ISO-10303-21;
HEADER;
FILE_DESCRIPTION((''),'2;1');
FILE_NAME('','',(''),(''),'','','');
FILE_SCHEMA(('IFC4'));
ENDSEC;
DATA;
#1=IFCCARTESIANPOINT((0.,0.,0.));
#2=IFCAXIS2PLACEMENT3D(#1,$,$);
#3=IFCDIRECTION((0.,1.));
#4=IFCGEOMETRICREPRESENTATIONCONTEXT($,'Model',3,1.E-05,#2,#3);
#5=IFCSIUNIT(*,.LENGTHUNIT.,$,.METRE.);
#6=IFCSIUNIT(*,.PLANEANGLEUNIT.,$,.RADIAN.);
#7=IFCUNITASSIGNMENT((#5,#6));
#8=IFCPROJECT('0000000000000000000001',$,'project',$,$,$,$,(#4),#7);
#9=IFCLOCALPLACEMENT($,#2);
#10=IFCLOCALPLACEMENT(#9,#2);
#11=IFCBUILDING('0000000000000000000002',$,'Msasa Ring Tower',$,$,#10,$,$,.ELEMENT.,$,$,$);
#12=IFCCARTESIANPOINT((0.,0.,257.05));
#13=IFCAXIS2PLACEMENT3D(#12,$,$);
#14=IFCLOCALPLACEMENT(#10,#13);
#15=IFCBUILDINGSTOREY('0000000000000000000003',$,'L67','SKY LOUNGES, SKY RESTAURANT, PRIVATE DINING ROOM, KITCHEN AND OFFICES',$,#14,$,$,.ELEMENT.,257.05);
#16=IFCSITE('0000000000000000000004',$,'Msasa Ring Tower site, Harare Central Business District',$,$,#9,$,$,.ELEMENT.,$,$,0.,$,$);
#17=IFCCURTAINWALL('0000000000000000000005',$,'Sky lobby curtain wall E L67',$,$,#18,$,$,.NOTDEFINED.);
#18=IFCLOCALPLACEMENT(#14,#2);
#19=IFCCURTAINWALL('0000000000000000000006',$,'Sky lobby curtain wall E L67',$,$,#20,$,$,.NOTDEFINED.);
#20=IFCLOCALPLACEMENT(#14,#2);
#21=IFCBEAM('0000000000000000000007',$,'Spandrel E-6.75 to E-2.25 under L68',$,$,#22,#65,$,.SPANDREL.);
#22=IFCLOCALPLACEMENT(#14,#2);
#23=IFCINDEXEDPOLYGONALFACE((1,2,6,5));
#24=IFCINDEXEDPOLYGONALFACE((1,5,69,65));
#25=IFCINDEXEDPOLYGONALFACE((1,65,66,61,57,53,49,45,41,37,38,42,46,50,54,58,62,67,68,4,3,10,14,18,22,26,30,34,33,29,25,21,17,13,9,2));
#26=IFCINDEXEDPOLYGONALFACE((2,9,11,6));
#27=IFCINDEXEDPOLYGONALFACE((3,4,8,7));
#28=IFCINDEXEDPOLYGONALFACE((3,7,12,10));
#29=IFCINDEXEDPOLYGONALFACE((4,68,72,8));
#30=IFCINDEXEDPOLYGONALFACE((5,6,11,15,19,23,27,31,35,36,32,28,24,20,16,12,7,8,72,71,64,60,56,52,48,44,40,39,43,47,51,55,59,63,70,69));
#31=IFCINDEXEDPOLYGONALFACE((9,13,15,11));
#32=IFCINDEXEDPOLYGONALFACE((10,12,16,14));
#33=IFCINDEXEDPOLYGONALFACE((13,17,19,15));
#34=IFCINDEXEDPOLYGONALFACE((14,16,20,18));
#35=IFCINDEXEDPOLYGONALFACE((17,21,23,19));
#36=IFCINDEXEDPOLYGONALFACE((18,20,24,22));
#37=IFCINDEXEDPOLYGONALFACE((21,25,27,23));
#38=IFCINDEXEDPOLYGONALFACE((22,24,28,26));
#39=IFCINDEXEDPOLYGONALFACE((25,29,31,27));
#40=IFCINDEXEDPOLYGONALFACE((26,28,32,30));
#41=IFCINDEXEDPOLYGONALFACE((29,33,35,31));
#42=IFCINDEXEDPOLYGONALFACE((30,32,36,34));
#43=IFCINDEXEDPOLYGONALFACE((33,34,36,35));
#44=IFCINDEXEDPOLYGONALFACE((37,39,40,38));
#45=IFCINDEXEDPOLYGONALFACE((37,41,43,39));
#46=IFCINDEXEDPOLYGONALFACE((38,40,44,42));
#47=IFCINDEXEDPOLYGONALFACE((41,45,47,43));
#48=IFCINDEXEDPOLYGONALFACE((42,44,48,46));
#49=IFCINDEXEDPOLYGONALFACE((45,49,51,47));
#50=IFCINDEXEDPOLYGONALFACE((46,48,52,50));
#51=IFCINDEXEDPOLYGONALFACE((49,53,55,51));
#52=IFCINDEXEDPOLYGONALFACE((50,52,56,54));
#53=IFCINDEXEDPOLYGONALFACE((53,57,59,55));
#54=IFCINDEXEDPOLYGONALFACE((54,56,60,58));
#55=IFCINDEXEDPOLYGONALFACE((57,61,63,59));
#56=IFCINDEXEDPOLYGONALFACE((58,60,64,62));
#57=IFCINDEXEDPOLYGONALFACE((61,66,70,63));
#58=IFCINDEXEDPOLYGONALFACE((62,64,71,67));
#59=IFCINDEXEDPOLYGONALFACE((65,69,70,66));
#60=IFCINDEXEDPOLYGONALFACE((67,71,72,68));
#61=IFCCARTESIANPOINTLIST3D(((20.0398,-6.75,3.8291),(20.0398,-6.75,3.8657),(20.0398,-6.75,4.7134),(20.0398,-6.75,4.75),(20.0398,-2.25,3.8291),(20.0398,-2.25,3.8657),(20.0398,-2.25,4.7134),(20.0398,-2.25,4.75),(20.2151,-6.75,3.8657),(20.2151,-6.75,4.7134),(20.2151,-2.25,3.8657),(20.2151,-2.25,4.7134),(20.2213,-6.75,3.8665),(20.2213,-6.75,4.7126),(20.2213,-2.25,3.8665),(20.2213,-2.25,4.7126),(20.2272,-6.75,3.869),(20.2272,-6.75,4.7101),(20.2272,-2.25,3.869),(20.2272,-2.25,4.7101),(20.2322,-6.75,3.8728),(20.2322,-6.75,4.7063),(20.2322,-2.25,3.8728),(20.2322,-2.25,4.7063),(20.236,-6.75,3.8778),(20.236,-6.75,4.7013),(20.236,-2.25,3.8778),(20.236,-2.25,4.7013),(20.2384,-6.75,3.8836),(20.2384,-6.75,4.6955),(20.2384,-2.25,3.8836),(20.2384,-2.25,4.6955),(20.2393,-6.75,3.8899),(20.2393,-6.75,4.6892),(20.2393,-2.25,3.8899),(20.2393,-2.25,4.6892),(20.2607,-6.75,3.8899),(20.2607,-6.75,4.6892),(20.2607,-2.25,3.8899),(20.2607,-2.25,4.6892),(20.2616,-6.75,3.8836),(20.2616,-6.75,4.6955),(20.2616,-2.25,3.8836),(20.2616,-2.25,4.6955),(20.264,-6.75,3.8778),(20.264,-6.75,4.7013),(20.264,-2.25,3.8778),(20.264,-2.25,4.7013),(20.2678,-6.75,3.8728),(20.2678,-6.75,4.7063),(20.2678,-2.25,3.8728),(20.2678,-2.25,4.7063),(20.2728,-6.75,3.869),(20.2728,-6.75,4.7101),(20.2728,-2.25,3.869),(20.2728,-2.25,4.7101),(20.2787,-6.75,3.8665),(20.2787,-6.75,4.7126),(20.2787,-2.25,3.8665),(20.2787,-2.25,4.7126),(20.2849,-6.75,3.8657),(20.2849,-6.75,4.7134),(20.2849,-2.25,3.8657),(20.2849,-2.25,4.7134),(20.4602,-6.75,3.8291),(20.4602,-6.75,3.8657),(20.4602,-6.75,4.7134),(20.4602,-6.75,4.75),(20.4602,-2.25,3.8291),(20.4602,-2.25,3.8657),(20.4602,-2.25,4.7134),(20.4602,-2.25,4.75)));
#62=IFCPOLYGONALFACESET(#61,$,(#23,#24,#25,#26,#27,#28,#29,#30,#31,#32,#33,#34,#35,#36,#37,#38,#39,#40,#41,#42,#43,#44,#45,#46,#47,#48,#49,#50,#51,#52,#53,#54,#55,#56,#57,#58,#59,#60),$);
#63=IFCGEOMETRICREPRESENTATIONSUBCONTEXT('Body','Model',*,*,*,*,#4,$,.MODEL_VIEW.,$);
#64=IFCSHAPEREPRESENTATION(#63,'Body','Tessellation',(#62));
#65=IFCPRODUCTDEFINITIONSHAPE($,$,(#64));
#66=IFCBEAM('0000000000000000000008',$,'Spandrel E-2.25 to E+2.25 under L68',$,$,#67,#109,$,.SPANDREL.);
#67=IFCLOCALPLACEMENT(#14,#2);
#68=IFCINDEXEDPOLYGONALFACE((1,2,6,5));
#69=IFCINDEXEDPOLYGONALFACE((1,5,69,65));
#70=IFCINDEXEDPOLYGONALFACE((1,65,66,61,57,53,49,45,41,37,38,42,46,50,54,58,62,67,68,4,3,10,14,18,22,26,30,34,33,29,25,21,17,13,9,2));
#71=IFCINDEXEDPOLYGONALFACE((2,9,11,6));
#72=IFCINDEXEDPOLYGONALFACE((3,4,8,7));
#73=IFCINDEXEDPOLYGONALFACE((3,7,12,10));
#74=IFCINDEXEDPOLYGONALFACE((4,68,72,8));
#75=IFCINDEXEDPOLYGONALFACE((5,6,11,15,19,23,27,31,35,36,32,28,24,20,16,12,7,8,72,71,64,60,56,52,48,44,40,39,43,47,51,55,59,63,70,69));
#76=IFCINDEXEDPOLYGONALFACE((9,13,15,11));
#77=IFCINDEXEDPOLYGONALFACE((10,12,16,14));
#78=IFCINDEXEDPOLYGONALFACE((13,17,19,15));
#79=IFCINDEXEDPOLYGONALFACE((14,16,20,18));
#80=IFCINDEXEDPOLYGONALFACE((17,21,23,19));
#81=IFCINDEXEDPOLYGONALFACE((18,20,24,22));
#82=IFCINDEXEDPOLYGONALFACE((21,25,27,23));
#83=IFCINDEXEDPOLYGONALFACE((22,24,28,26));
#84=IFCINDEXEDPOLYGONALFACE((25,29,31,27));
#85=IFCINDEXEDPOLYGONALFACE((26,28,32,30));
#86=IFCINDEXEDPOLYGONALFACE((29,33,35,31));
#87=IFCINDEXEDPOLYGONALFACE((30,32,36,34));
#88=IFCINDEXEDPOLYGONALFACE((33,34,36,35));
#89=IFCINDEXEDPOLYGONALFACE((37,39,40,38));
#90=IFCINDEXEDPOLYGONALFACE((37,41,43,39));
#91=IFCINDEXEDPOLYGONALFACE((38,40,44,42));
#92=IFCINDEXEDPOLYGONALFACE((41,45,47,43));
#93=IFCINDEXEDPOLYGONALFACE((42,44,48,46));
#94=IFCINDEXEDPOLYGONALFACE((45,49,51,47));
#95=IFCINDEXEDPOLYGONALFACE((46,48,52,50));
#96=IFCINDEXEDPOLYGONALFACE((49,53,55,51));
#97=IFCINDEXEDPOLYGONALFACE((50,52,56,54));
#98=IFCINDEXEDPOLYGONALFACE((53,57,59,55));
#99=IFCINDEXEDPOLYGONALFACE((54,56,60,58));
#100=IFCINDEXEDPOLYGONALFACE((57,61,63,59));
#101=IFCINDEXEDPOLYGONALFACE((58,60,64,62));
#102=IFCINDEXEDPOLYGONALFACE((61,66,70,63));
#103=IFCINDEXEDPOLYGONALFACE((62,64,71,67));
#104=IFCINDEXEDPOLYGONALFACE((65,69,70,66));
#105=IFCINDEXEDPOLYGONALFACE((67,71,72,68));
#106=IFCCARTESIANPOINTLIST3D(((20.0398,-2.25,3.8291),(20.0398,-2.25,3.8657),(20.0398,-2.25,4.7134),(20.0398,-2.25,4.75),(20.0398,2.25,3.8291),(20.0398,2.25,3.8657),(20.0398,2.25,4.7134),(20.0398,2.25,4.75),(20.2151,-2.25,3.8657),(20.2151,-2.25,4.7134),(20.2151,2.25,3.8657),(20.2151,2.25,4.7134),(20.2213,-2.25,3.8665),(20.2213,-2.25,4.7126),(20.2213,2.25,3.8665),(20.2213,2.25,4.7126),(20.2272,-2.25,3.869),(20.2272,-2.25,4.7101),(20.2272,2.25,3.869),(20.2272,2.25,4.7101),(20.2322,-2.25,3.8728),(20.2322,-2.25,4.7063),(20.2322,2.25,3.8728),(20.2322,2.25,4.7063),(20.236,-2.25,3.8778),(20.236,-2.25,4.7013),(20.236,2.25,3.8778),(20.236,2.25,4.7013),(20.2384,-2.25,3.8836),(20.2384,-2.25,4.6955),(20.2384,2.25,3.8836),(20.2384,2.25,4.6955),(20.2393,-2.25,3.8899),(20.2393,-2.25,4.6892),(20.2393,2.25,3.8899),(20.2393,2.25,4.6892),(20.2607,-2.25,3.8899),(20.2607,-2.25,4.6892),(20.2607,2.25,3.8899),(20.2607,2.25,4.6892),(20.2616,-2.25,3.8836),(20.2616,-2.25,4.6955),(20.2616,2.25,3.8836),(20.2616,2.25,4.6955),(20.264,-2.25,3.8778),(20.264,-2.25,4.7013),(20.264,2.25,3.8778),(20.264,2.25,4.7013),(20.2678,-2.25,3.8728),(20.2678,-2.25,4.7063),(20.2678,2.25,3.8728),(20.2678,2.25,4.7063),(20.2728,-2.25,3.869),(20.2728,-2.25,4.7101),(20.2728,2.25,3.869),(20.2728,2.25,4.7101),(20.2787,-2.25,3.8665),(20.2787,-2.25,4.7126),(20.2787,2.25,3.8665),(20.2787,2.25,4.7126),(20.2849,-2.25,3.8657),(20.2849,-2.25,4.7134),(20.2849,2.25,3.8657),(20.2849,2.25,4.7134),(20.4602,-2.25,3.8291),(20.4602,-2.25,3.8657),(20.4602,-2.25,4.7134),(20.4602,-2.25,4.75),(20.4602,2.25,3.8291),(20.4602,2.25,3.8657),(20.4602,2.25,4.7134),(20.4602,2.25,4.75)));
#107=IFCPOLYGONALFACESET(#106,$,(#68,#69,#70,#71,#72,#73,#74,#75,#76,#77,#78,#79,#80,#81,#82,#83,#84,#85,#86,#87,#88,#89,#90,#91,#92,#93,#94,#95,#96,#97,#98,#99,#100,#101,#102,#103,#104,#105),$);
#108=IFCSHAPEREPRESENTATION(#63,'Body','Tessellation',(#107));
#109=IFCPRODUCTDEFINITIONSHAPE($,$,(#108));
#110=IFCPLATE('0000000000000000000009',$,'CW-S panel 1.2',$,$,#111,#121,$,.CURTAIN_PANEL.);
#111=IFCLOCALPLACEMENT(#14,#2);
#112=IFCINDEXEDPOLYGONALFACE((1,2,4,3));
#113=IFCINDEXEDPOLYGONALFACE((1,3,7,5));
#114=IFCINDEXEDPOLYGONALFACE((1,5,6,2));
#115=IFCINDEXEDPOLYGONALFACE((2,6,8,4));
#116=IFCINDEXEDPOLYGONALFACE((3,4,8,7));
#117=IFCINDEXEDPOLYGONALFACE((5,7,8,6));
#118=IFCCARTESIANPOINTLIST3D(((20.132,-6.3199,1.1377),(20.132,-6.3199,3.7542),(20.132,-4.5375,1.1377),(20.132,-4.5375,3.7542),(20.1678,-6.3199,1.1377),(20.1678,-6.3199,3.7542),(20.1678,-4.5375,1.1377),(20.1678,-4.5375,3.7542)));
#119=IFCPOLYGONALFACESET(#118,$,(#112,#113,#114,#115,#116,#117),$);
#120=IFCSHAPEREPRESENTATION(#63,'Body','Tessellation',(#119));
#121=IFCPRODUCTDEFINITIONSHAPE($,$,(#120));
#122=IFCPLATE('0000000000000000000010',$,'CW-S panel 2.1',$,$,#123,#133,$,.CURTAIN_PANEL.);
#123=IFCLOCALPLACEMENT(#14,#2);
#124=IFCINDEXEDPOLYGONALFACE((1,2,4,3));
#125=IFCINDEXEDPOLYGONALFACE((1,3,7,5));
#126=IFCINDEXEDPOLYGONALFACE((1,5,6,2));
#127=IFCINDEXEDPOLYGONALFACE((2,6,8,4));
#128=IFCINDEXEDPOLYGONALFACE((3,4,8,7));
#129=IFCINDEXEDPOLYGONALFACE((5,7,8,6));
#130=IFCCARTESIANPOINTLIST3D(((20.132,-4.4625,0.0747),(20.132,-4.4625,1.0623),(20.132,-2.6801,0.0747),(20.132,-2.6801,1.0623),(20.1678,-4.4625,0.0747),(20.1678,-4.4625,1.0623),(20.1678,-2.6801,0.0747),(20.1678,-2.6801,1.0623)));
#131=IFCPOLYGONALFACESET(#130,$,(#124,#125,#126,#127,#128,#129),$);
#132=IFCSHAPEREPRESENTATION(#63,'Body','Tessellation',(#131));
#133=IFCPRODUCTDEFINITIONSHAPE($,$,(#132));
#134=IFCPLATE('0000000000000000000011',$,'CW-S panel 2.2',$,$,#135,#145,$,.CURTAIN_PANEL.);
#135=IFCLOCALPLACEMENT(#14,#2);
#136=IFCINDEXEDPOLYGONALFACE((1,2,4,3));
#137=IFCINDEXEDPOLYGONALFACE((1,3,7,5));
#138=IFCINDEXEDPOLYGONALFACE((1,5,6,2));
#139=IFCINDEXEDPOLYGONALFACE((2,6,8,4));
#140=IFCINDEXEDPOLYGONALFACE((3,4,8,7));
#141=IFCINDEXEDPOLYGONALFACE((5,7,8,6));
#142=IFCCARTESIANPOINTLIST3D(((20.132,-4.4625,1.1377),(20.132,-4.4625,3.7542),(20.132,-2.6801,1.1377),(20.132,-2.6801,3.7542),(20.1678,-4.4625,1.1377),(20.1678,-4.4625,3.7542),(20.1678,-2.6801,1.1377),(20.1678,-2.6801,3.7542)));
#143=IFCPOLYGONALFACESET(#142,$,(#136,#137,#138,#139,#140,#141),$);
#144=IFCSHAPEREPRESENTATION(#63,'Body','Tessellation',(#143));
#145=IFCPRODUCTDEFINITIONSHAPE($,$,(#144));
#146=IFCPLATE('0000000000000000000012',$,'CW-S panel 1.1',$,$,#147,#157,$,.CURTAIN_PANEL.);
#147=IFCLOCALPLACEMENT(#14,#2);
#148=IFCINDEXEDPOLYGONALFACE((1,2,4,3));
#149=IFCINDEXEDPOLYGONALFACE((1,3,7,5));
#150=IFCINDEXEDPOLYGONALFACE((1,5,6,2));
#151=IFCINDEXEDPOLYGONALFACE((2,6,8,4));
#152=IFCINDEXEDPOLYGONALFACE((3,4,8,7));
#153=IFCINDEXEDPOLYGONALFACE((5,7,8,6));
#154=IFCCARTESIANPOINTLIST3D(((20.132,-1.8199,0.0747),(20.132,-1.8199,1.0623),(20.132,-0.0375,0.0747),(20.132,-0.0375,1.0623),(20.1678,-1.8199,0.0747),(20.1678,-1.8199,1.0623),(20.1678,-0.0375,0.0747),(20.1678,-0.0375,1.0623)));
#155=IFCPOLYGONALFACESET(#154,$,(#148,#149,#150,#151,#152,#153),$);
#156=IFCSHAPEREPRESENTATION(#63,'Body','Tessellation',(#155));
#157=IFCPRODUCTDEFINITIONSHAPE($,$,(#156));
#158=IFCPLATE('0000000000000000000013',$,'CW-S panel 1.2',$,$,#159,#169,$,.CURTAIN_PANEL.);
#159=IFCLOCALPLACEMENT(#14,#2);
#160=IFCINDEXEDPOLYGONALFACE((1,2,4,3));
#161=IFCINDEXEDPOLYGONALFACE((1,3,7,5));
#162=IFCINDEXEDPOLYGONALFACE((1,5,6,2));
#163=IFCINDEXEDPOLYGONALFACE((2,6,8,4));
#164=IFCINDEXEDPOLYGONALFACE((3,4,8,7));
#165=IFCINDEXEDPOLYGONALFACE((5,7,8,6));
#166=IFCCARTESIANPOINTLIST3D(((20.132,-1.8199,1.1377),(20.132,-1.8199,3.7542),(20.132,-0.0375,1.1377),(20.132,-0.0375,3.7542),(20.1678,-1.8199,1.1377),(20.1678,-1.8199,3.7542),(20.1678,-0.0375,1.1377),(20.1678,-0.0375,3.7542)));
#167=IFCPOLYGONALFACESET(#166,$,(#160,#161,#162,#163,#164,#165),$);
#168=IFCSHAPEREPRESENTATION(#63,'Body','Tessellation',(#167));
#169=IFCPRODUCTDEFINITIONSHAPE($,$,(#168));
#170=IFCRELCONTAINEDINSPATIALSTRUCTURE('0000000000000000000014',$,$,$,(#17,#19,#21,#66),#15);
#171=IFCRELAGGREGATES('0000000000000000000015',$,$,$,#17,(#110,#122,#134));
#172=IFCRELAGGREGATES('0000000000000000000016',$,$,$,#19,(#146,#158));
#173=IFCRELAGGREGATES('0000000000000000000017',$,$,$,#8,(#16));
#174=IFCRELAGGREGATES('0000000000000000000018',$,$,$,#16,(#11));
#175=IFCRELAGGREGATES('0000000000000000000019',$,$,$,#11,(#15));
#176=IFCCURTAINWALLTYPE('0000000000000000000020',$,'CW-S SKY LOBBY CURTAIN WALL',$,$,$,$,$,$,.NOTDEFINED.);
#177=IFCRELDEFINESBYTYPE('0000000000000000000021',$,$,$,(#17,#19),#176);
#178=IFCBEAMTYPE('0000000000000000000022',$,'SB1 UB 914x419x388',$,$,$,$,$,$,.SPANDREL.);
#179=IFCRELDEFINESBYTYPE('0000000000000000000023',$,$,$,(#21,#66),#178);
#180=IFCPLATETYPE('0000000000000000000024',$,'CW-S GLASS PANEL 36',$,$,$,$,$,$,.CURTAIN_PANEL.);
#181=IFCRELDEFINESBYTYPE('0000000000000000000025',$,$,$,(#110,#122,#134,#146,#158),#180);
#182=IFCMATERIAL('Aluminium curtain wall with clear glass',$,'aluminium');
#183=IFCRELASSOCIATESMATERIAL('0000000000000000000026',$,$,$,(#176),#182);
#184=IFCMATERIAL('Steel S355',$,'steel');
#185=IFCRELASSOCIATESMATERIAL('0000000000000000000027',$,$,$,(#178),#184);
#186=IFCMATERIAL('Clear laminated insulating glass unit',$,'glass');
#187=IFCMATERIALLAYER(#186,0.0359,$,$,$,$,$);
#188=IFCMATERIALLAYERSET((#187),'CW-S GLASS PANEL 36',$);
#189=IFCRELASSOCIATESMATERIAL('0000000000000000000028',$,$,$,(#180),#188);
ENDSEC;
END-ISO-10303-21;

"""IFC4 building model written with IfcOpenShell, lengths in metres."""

from ifc_helpers import new_model, si_unit, direction, frame, origin, origin_2d, place, context, subcontext, project, spatial, rectangle, i_section, extrude, material, layer, layer_set, material_profile, profile_set, type_object, element, aggregate, save


model = new_model("IFC4")

# Units and contexts
model_context = context("Model", 3, precision=1e-05, world=origin(), true_north=direction((0.0, 1.0)))
body_context = subcontext(model_context, "Body", "Model", "MODEL_VIEW")
ifc_project = project(units=[si_unit("LENGTHUNIT", "METRE"), si_unit("PLANEANGLEUNIT", "RADIAN")], contexts=[model_context])

# Site, building, storey
site_placement = place(None, origin())
site = spatial("IfcSite", under=ifc_project, at=site_placement, Name="Msasa Ring Tower site, Harare Central Business District", CompositionType="ELEMENT", RefElevation=0.0)
building_placement = place(site_placement, origin())
building = spatial("IfcBuilding", under=site, at=building_placement, Name="Msasa Ring Tower", CompositionType="ELEMENT")
storey_placement = place(building_placement, frame((0.0, 0.0, 257.05)))
storey = spatial("IfcBuildingStorey", under=building, at=storey_placement, Name="L67", Description="SKY LOUNGES, SKY RESTAURANT, PRIVATE DINING ROOM, KITCHEN AND OFFICES", CompositionType="ELEMENT", Elevation=257.05)

# Curtain wall
ifc_material_1 = material(Name="Aluminium curtain wall with clear glass", Category="aluminium")
curtain_wall_type = type_object("IfcCurtainWallType", Name="CW-S SKY LOBBY CURTAIN WALL", PredefinedType="NOTDEFINED", material=ifc_material_1)
curtain_wall_1_placement = place(storey_placement, origin())
curtain_wall_1 = element("IfcCurtainWall", 1, at=curtain_wall_1_placement, inside=storey, type_object=curtain_wall_type, Name="Sky lobby curtain wall E L67", PredefinedType="NOTDEFINED")

# Curtain wall
curtain_wall_2_placement = place(storey_placement, origin())
curtain_wall_2 = element("IfcCurtainWall", 2, at=curtain_wall_2_placement, inside=storey, type_object=curtain_wall_type, Name="Sky lobby curtain wall E L67", PredefinedType="NOTDEFINED")

# Beams
ifc_material_2 = material(Name="Steel S355", Category="steel")
ifc_material_profile_1 = material_profile(ifc_material_2, i_section(OverallWidth=0.4204, OverallDepth=0.9209, WebThickness=0.0215, FlangeThickness=0.0366, FilletRadius=0.0242, at=origin_2d()), Name="UB 914x419x388")
ifc_profile_set_1 = profile_set([ifc_material_profile_1], Name="Steel S355")
beam_type_1 = type_object("IfcBeamType", Name="SB1 UB 914x419x388", PredefinedType="SPANDREL", material=ifc_profile_set_1)
for number, where, z_axis, x_axis, name in (
    (3, (20.25, -6.75, 4.2896), (0.0, 1.0, 0.0), (-1.0, 0.0, 0.0), "Spandrel E-6.75 to E-2.25 under L68"),
    (4, (20.25, -2.25, 4.2896), (0.0, 1.0, 0.0), (-1.0, 0.0, 0.0), "Spandrel E-2.25 to E+2.25 under L68"),
):
    element("IfcBeam", number, at=place(storey_placement, frame(where, z_axis=z_axis, x_axis=x_axis)), inside=storey, type_object=beam_type_1, Name=name, PredefinedType="SPANDREL", context=body_context, shape_type="SweptSolid", body=[
        extrude(i_section(OverallWidth=0.4204, OverallDepth=0.9209, WebThickness=0.0215, FlangeThickness=0.0366, FilletRadius=0.0242, at=origin_2d()), origin(), (0.0, 0.0, 1.0), 4.5),
    ])

# Plates
ifc_material_3 = material(Name="Clear laminated insulating glass unit", Category="glass")
ifc_layer = layer(ifc_material_3, 0.0359)
ifc_layer_set = layer_set([ifc_layer], Name="CW-S GLASS PANEL 36")
plate_type = type_object("IfcPlateType", Name="CW-S GLASS PANEL 36", PredefinedType="CURTAIN_PANEL", material=ifc_layer_set)
plate_1_placement = place(storey_placement, frame((20.1499, -5.4287, 1.1377), z_axis=(0.0, 0.0, 1.0), x_axis=(0.0, 1.0, 0.0)))
plate_1 = element("IfcPlate", 5, at=plate_1_placement, type_object=plate_type, Name="CW-S panel 1.2", PredefinedType="CURTAIN_PANEL", context=body_context, shape_type="SweptSolid", body=[
    extrude(rectangle(XDim=1.7825, YDim=0.0359, at=origin_2d()), origin(), (0.0, 0.0, 1.0), 2.6165),
])
plate_2_placement = place(storey_placement, frame((20.1499, -3.5713, 0.0747), z_axis=(0.0, 0.0, 1.0), x_axis=(0.0, 1.0, 0.0)))
plate_2 = element("IfcPlate", 6, at=plate_2_placement, type_object=plate_type, Name="CW-S panel 2.1", PredefinedType="CURTAIN_PANEL", context=body_context, shape_type="SweptSolid", body=[
    extrude(rectangle(XDim=1.7825, YDim=0.0359, at=origin_2d()), origin(), (0.0, 0.0, 1.0), 0.9875),
])
plate_3_placement = place(storey_placement, frame((20.1499, -3.5713, 1.1377), z_axis=(0.0, 0.0, 1.0), x_axis=(0.0, 1.0, 0.0)))
plate_3 = element("IfcPlate", 7, at=plate_3_placement, type_object=plate_type, Name="CW-S panel 2.2", PredefinedType="CURTAIN_PANEL", context=body_context, shape_type="SweptSolid", body=[
    extrude(rectangle(XDim=1.7825, YDim=0.0359, at=origin_2d()), origin(), (0.0, 0.0, 1.0), 2.6165),
])
aggregate(curtain_wall_1, [plate_1, plate_2, plate_3])
plate_4_placement = place(storey_placement, frame((20.1499, -0.9287, 0.0747), z_axis=(0.0, 0.0, 1.0), x_axis=(0.0, 1.0, 0.0)))
plate_4 = element("IfcPlate", 8, at=plate_4_placement, type_object=plate_type, Name="CW-S panel 1.1", PredefinedType="CURTAIN_PANEL", context=body_context, shape_type="SweptSolid", body=[
    extrude(rectangle(XDim=1.7825, YDim=0.0359, at=origin_2d()), origin(), (0.0, 0.0, 1.0), 0.9875),
])
plate_5_placement = place(storey_placement, frame((20.1499, -0.9287, 1.1377), z_axis=(0.0, 0.0, 1.0), x_axis=(0.0, 1.0, 0.0)))
plate_5 = element("IfcPlate", 9, at=plate_5_placement, type_object=plate_type, Name="CW-S panel 1.2", PredefinedType="CURTAIN_PANEL", context=body_context, shape_type="SweptSolid", body=[
    extrude(rectangle(XDim=1.7825, YDim=0.0359, at=origin_2d()), origin(), (0.0, 0.0, 1.0), 2.6165),
])
aggregate(curtain_wall_2, [plate_4, plate_5])

save(model, "model.ifc")
